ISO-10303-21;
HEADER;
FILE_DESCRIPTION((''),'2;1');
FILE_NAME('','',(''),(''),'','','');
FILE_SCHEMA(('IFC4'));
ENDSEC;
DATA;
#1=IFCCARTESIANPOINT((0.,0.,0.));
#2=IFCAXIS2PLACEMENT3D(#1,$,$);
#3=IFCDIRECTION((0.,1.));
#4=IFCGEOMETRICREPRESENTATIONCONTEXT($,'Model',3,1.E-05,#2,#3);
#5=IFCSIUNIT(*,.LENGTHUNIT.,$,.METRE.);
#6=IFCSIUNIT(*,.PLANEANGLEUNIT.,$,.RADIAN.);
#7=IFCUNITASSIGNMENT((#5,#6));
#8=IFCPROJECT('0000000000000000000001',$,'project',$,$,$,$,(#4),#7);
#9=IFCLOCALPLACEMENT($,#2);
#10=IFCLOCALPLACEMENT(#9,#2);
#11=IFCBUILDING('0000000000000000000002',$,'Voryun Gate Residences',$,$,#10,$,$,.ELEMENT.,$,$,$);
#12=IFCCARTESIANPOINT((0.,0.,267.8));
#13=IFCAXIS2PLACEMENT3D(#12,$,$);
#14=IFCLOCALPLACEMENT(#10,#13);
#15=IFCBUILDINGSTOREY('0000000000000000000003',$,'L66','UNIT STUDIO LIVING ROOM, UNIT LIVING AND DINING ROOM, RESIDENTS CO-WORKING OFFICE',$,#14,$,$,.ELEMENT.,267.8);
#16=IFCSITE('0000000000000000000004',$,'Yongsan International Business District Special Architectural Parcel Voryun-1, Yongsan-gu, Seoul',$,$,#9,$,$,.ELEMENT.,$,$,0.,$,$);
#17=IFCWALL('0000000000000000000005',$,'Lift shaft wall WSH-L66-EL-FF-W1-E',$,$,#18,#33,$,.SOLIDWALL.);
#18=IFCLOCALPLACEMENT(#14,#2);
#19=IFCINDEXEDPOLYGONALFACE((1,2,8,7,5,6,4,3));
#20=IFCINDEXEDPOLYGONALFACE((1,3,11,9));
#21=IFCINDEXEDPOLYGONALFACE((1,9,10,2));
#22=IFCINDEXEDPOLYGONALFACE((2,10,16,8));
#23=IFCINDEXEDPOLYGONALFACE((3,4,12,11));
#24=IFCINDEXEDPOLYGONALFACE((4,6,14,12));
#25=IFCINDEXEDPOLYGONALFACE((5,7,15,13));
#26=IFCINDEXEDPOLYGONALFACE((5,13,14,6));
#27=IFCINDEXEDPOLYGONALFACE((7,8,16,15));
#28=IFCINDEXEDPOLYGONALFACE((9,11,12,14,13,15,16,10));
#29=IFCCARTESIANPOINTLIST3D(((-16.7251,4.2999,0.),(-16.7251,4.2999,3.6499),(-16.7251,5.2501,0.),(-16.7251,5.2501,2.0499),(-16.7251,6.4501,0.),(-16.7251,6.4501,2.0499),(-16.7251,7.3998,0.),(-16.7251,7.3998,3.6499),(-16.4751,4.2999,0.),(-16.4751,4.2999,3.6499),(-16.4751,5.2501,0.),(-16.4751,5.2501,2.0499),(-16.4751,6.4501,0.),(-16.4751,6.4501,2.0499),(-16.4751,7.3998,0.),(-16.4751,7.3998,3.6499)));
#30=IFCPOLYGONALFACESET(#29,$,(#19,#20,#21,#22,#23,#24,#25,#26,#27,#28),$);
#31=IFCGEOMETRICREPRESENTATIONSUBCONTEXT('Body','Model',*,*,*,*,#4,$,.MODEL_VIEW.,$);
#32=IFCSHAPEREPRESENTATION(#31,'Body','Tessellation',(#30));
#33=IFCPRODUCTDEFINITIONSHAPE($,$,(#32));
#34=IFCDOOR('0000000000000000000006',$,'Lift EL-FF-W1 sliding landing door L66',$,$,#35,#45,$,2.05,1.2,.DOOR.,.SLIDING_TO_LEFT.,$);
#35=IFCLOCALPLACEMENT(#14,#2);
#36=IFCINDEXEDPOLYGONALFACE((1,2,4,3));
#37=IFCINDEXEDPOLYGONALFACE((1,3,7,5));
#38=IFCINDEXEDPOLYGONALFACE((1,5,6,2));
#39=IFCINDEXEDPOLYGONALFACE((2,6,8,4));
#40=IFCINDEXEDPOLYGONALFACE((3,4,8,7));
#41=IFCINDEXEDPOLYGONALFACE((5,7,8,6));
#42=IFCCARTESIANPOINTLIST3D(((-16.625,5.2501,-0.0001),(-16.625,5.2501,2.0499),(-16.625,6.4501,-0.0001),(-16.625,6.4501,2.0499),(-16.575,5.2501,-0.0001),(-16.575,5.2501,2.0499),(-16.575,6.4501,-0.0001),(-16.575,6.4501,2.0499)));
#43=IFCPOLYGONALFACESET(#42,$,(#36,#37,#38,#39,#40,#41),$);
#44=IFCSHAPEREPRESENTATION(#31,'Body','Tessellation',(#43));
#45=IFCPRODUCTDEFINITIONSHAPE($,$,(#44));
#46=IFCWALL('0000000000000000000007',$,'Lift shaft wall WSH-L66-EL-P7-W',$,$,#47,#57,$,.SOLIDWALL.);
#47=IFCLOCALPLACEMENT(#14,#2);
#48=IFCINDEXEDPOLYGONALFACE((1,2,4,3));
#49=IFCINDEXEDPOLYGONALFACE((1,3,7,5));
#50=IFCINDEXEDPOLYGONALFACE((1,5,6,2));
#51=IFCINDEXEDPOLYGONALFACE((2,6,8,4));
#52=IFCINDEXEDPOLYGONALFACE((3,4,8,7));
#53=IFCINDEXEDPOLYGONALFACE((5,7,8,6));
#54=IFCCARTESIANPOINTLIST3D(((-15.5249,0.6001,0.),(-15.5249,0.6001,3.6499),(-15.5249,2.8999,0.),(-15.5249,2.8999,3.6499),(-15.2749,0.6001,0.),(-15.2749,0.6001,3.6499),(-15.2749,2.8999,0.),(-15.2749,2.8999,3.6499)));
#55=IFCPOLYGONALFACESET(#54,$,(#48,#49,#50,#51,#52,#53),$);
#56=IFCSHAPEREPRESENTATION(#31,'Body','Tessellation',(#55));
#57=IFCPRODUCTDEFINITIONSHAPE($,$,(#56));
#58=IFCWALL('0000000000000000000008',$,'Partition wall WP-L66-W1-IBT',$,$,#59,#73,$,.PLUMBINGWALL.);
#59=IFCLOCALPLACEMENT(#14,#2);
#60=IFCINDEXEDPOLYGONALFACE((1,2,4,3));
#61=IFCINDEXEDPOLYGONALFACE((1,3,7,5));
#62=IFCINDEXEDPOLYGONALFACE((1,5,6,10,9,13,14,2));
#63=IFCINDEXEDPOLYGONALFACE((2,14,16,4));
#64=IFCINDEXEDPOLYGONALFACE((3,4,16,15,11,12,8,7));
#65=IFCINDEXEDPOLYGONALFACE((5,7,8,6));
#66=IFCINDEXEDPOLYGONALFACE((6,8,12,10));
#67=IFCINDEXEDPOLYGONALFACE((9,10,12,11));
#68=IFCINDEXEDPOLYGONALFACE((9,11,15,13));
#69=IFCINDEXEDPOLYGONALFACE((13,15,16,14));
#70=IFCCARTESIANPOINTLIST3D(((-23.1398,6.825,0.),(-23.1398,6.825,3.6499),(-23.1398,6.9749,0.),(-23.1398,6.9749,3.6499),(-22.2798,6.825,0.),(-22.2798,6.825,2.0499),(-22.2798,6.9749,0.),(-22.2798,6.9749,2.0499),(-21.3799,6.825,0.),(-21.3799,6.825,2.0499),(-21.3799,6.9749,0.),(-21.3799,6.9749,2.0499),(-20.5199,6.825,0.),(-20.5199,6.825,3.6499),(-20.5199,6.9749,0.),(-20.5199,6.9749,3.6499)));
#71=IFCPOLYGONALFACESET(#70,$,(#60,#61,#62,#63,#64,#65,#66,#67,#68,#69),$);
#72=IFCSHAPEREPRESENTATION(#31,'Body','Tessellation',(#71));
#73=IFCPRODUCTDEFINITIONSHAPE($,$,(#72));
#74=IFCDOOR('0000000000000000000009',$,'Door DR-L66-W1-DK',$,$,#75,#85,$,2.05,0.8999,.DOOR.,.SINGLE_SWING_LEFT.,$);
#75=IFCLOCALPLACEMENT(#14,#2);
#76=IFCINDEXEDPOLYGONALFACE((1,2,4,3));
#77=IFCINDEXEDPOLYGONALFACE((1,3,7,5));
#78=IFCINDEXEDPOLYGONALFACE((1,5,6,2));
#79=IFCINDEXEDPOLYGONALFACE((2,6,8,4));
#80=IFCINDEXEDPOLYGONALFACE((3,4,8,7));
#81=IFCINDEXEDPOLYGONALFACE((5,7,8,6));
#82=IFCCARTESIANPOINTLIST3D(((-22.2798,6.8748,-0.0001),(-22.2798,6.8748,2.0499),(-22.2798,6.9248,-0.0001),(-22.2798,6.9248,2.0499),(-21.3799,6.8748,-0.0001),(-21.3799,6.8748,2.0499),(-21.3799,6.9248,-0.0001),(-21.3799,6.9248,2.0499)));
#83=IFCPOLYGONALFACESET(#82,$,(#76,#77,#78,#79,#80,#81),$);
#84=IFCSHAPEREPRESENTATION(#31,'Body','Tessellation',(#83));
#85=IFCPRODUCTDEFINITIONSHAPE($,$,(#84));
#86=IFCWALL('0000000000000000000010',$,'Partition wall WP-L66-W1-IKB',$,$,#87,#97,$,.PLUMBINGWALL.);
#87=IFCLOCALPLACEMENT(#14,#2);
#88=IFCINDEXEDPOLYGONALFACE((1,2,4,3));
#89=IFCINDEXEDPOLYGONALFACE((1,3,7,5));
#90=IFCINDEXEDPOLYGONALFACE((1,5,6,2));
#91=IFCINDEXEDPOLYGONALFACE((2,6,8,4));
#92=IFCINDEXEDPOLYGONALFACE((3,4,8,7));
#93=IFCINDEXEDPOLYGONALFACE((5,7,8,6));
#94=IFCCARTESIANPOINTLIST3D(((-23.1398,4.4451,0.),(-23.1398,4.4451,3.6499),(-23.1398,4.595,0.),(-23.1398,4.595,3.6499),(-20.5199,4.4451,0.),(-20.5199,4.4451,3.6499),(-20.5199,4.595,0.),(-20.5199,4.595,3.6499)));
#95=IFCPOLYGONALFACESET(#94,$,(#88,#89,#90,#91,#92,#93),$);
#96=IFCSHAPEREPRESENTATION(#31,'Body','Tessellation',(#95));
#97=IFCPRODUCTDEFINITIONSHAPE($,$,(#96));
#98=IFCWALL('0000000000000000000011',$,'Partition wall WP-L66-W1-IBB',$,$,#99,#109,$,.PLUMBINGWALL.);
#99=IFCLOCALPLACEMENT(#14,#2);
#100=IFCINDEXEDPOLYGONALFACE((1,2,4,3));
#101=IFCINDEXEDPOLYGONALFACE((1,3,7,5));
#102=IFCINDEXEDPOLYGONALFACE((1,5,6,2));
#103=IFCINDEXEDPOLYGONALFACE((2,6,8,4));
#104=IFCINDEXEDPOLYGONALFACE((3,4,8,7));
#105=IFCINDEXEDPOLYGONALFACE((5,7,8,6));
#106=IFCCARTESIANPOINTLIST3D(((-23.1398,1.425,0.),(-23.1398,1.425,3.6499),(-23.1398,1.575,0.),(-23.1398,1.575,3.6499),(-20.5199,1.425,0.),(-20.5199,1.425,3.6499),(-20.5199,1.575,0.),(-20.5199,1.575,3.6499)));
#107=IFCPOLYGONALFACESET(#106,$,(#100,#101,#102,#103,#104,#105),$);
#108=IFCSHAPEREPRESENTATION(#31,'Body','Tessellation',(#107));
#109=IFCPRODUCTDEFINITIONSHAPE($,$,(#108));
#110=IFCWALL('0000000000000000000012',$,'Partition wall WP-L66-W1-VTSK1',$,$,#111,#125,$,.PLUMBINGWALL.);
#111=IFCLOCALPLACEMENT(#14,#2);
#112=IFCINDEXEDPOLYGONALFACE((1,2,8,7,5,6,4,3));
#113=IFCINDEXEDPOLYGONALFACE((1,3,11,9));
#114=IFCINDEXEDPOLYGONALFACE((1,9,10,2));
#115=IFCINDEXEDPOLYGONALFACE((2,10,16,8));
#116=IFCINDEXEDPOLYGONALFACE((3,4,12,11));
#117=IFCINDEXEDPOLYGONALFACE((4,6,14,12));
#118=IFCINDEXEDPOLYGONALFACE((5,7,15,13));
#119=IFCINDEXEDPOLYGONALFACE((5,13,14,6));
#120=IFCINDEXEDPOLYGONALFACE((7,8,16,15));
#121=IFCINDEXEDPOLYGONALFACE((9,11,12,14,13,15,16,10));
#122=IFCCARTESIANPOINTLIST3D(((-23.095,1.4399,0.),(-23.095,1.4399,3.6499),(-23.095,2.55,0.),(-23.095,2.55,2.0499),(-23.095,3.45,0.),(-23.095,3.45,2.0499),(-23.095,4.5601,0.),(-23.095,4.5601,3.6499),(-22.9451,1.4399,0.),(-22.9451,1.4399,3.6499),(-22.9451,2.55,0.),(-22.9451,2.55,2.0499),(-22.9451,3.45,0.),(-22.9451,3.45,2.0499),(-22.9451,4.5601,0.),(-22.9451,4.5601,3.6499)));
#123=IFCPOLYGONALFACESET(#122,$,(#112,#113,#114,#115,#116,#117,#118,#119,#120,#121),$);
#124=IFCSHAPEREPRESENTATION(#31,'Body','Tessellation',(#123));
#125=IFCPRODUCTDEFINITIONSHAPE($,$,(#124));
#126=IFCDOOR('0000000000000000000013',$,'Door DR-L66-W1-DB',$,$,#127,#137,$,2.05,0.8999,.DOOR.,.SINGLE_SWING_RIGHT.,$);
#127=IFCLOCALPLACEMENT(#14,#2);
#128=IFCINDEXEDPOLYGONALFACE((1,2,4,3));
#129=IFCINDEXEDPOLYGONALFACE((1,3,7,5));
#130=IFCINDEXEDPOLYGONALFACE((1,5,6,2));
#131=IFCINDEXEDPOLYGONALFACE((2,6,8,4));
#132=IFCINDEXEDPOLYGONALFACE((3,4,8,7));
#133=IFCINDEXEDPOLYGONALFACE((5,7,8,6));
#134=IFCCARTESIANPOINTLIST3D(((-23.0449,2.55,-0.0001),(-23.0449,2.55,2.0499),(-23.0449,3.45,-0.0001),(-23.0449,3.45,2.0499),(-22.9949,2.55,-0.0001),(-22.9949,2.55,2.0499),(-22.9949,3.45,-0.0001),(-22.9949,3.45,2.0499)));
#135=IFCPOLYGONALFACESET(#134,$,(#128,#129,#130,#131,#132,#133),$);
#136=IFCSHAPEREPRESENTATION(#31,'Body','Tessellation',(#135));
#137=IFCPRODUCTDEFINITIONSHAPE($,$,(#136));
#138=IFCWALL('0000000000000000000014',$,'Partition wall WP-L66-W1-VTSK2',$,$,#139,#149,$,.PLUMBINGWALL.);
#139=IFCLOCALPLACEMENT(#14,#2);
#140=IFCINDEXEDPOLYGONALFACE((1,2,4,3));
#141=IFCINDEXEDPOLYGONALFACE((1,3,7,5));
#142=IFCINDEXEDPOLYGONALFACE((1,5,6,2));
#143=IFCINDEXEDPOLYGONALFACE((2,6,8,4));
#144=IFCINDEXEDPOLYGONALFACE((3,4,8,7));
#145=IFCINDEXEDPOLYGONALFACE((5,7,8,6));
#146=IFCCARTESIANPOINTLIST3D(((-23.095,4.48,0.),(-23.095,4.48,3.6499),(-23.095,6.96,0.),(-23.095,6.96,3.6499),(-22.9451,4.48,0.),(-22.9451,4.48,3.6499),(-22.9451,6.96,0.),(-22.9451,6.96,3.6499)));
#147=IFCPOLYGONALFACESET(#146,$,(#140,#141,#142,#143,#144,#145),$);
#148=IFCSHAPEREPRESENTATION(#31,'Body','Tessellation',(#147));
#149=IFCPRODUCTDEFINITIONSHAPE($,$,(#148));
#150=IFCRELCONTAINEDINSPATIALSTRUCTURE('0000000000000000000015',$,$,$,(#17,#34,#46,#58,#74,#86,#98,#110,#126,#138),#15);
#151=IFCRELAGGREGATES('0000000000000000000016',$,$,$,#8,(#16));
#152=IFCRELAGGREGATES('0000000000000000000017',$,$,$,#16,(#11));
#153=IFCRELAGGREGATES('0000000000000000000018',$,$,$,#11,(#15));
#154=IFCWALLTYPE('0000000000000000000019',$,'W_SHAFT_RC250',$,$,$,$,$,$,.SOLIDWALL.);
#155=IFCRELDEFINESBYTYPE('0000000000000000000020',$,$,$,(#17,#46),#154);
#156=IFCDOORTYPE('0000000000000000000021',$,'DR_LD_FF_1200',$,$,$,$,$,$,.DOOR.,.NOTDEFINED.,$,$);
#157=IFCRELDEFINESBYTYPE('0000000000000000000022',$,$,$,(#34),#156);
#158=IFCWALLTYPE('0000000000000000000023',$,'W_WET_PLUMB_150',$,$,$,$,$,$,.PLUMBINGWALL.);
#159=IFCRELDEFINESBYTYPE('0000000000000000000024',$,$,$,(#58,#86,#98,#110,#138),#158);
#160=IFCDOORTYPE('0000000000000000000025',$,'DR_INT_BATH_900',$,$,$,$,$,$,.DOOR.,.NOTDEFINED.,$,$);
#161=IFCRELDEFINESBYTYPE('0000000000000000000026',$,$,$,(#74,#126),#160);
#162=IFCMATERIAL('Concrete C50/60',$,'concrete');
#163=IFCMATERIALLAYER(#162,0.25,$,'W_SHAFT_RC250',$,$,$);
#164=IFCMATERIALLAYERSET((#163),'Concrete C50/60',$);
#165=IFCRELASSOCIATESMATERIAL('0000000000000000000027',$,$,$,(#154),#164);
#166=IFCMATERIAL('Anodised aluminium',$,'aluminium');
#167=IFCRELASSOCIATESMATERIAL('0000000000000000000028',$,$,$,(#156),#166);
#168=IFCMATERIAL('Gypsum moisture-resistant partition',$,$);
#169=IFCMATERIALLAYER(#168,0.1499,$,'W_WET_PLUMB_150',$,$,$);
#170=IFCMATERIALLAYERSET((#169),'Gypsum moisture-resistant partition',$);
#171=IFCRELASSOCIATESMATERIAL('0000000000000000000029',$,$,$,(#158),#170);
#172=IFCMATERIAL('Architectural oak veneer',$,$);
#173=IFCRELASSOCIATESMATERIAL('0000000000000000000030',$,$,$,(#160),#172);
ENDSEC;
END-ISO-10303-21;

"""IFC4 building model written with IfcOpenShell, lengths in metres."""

from ifc_helpers import new_model, si_unit, direction, frame, frame_2d, origin, place, context, subcontext, project, spatial, rectangle, extrude, material, layer, layer_set, type_object, element, fill, save


model = new_model("IFC4")

# Units and contexts
model_context = context("Model", 3, precision=1e-05, world=origin(), true_north=direction((0.0, 1.0)))
body_context = subcontext(model_context, "Body", "Model", "MODEL_VIEW")
ifc_project = project(units=[si_unit("LENGTHUNIT", "METRE"), si_unit("PLANEANGLEUNIT", "RADIAN")], contexts=[model_context])

# Site, building, storey
site_placement = place(None, origin())
site = spatial("IfcSite", under=ifc_project, at=site_placement, Name="Yongsan International Business District Special Architectural Parcel Voryun-1, Yongsan-gu, Seoul", CompositionType="ELEMENT", RefElevation=0.0)
building_placement = place(site_placement, origin())
building = spatial("IfcBuilding", under=site, at=building_placement, Name="Voryun Gate Residences", CompositionType="ELEMENT")
storey_placement = place(building_placement, frame((0.0, 0.0, 267.8)))
storey = spatial("IfcBuildingStorey", under=building, at=storey_placement, Name="L66", Description="UNIT STUDIO LIVING ROOM, UNIT LIVING AND DINING ROOM, RESIDENTS CO-WORKING OFFICE", CompositionType="ELEMENT", Elevation=267.8)

# Shared definitions
ifc_material_1 = material(Name="Concrete C50/60", Category="concrete")
ifc_layer_1 = layer(ifc_material_1, 0.25, Name="W_SHAFT_RC250")
ifc_layer_set_1 = layer_set([ifc_layer_1], Name="Concrete C50/60")
wall_type_1 = type_object("IfcWallType", Name="W_SHAFT_RC250", PredefinedType="SOLIDWALL", material=ifc_layer_set_1)

# Wall, opening, door
wall_1_placement = place(storey_placement, frame((-16.6001, 4.3, 0.0), z_axis=(0.0, 0.0, 1.0), x_axis=(0.0, 1.0, 0.0)))
wall_1 = element("IfcWall", 1, at=wall_1_placement, inside=storey, type_object=wall_type_1, Name="Lift shaft wall WSH-L66-EL-FF-W1-E", PredefinedType="SOLIDWALL", context=body_context, shape_type="SweptSolid", body=[
    extrude(rectangle(XDim=3.0999, YDim=0.25, at=frame_2d((1.5498, 0.0))), origin(), (0.0, 0.0, 1.0), 3.6499),
])
opening_1_placement = place(wall_1_placement, frame((0.95, 0.0, 0.0)))
opening_1 = element("IfcOpeningElement", 2, at=opening_1_placement, cuts=wall_1, PredefinedType="OPENING", context=body_context, shape_type="SweptSolid", body=[
    extrude(rectangle(XDim=1.2, YDim=2.05, at=frame_2d((0.6001, 1.0249))), frame((0.0, 0.135, 0.0), z_axis=(0.0, -1.0, 0.0), x_axis=(1.0, 0.0, 0.0)), (0.0, 0.0, 1.0), 0.27),
])
ifc_material_2 = material(Name="Anodised aluminium", Category="aluminium")
door_type_1 = type_object("IfcDoorType", Name="DR_LD_FF_1200", OperationType="NOTDEFINED", PredefinedType="DOOR", material=ifc_material_2)
door_1_placement = place(opening_1_placement, origin())
door_1 = element("IfcDoor", 3, at=door_1_placement, inside=storey, type_object=door_type_1, Name="Lift EL-FF-W1 sliding landing door L66", OperationType="SLIDING_TO_LEFT", OverallHeight=2.05, OverallWidth=1.2, PredefinedType="DOOR", context=body_context, shape_type="SweptSolid", body=[
    extrude(rectangle(XDim=1.2, YDim=2.05, at=frame_2d((0.6001, 1.0249))), frame((0.0, 0.0249, 0.0), z_axis=(0.0, -1.0, 0.0), x_axis=(1.0, 0.0, 0.0)), (0.0, 0.0, 1.0), 0.05),
])
fill(opening_1, door_1)

# Wall
wall_2_placement = place(storey_placement, frame((-15.3999, 2.8999, 0.0), z_axis=(0.0, 0.0, 1.0), x_axis=(0.0, -1.0, 0.0)))
element("IfcWall", 4, at=wall_2_placement, inside=storey, type_object=wall_type_1, Name="Lift shaft wall WSH-L66-EL-P7-W", PredefinedType="SOLIDWALL", context=body_context, shape_type="SweptSolid", body=[
    extrude(rectangle(XDim=2.2998, YDim=0.25, at=frame_2d((1.1499, 0.0))), origin(), (0.0, 0.0, 1.0), 3.6499),
])

# Wall, opening, door
ifc_material_3 = material(Name="Gypsum moisture-resistant partition")
ifc_layer_2 = layer(ifc_material_3, 0.1499, Name="W_WET_PLUMB_150")
ifc_layer_set_2 = layer_set([ifc_layer_2], Name="Gypsum moisture-resistant partition")
wall_type_2 = type_object("IfcWallType", Name="W_WET_PLUMB_150", PredefinedType="PLUMBINGWALL", material=ifc_layer_set_2)
wall_3_placement = place(storey_placement, frame((-23.1399, 6.8999, 0.0), z_axis=(0.0, 0.0, 1.0), x_axis=(1.0, 0.0, 0.0)))
wall_3 = element("IfcWall", 5, at=wall_3_placement, inside=storey, type_object=wall_type_2, Name="Partition wall WP-L66-W1-IBT", PredefinedType="PLUMBINGWALL", context=body_context, shape_type="SweptSolid", body=[
    extrude(rectangle(XDim=2.6199, YDim=0.1499, at=frame_2d((1.3101, 0.0))), origin(), (0.0, 0.0, 1.0), 3.6499),
])
opening_2_placement = place(wall_3_placement, frame((0.8601, 0.0, 0.0)))
opening_2 = element("IfcOpeningElement", 6, at=opening_2_placement, cuts=wall_3, PredefinedType="OPENING", context=body_context, shape_type="SweptSolid", body=[
    extrude(rectangle(XDim=0.8999, YDim=2.05, at=frame_2d((0.45, 1.0249))), frame((0.0, 0.085, 0.0), z_axis=(0.0, -1.0, 0.0), x_axis=(1.0, 0.0, 0.0)), (0.0, 0.0, 1.0), 0.1699),
])
ifc_material_4 = material(Name="Architectural oak veneer")
door_type_2 = type_object("IfcDoorType", Name="DR_INT_BATH_900", OperationType="NOTDEFINED", PredefinedType="DOOR", material=ifc_material_4)
door_2_placement = place(opening_2_placement, origin())
door_2 = element("IfcDoor", 7, at=door_2_placement, inside=storey, type_object=door_type_2, Name="Door DR-L66-W1-DK", OperationType="SINGLE_SWING_LEFT", OverallHeight=2.05, OverallWidth=0.8999, PredefinedType="DOOR", context=body_context, shape_type="SweptSolid", body=[
    extrude(rectangle(XDim=0.8999, YDim=2.05, at=frame_2d((0.45, 1.0249))), frame((0.0, 0.0249, 0.0), z_axis=(0.0, -1.0, 0.0), x_axis=(1.0, 0.0, 0.0)), (0.0, 0.0, 1.0), 0.05),
])
fill(opening_2, door_2)

# Walls
for number, where, z_axis, x_axis, name in (
    (8, (-23.1399, 4.52, 0.0), (0.0, 0.0, 1.0), (1.0, 0.0, 0.0), "Partition wall WP-L66-W1-IKB"),
    (9, (-23.1399, 1.5, 0.0), (0.0, 0.0, 1.0), (1.0, 0.0, 0.0), "Partition wall WP-L66-W1-IBB"),
):
    element("IfcWall", number, at=place(storey_placement, frame(where, z_axis=z_axis, x_axis=x_axis)), inside=storey, type_object=wall_type_2, Name=name, PredefinedType="PLUMBINGWALL", context=body_context, shape_type="SweptSolid", body=[
        extrude(rectangle(XDim=2.6199, YDim=0.1499, at=frame_2d((1.3101, 0.0))), origin(), (0.0, 0.0, 1.0), 3.6499),
    ])

# Wall, opening, door
wall_4_placement = place(storey_placement, frame((-23.02, 1.4399, 0.0), z_axis=(0.0, 0.0, 1.0), x_axis=(0.0, 1.0, 0.0)))
wall_4 = element("IfcWall", 10, at=wall_4_placement, inside=storey, type_object=wall_type_2, Name="Partition wall WP-L66-W1-VTSK1", PredefinedType="PLUMBINGWALL", context=body_context, shape_type="SweptSolid", body=[
    extrude(rectangle(XDim=3.1201, YDim=0.1499, at=frame_2d((1.5601, 0.0))), origin(), (0.0, 0.0, 1.0), 3.6499),
])
opening_3_placement = place(wall_4_placement, frame((1.1101, 0.0, 0.0)))
opening_3 = element("IfcOpeningElement", 11, at=opening_3_placement, cuts=wall_4, PredefinedType="OPENING", context=body_context, shape_type="SweptSolid", body=[
    extrude(rectangle(XDim=0.8999, YDim=2.05, at=frame_2d((0.45, 1.0249))), frame((0.0, 0.085, 0.0), z_axis=(0.0, -1.0, 0.0), x_axis=(1.0, 0.0, 0.0)), (0.0, 0.0, 1.0), 0.1699),
])
door_3_placement = place(opening_3_placement, origin())
door_3 = element("IfcDoor", 12, at=door_3_placement, inside=storey, type_object=door_type_2, Name="Door DR-L66-W1-DB", OperationType="SINGLE_SWING_RIGHT", OverallHeight=2.05, OverallWidth=0.8999, PredefinedType="DOOR", context=body_context, shape_type="SweptSolid", body=[
    extrude(rectangle(XDim=0.8999, YDim=2.05, at=frame_2d((0.45, 1.0249))), frame((0.0, 0.0249, 0.0), z_axis=(0.0, -1.0, 0.0), x_axis=(1.0, 0.0, 0.0)), (0.0, 0.0, 1.0), 0.05),
])
fill(opening_3, door_3)

# Wall
wall_5_placement = place(storey_placement, frame((-23.02, 4.48, 0.0), z_axis=(0.0, 0.0, 1.0), x_axis=(0.0, 1.0, 0.0)))
element("IfcWall", 13, at=wall_5_placement, inside=storey, type_object=wall_type_2, Name="Partition wall WP-L66-W1-VTSK2", PredefinedType="PLUMBINGWALL", context=body_context, shape_type="SweptSolid", body=[
    extrude(rectangle(XDim=2.48, YDim=0.1499, at=frame_2d((1.24, 0.0))), origin(), (0.0, 0.0, 1.0), 3.6499),
])

save(model, "model.ifc")
